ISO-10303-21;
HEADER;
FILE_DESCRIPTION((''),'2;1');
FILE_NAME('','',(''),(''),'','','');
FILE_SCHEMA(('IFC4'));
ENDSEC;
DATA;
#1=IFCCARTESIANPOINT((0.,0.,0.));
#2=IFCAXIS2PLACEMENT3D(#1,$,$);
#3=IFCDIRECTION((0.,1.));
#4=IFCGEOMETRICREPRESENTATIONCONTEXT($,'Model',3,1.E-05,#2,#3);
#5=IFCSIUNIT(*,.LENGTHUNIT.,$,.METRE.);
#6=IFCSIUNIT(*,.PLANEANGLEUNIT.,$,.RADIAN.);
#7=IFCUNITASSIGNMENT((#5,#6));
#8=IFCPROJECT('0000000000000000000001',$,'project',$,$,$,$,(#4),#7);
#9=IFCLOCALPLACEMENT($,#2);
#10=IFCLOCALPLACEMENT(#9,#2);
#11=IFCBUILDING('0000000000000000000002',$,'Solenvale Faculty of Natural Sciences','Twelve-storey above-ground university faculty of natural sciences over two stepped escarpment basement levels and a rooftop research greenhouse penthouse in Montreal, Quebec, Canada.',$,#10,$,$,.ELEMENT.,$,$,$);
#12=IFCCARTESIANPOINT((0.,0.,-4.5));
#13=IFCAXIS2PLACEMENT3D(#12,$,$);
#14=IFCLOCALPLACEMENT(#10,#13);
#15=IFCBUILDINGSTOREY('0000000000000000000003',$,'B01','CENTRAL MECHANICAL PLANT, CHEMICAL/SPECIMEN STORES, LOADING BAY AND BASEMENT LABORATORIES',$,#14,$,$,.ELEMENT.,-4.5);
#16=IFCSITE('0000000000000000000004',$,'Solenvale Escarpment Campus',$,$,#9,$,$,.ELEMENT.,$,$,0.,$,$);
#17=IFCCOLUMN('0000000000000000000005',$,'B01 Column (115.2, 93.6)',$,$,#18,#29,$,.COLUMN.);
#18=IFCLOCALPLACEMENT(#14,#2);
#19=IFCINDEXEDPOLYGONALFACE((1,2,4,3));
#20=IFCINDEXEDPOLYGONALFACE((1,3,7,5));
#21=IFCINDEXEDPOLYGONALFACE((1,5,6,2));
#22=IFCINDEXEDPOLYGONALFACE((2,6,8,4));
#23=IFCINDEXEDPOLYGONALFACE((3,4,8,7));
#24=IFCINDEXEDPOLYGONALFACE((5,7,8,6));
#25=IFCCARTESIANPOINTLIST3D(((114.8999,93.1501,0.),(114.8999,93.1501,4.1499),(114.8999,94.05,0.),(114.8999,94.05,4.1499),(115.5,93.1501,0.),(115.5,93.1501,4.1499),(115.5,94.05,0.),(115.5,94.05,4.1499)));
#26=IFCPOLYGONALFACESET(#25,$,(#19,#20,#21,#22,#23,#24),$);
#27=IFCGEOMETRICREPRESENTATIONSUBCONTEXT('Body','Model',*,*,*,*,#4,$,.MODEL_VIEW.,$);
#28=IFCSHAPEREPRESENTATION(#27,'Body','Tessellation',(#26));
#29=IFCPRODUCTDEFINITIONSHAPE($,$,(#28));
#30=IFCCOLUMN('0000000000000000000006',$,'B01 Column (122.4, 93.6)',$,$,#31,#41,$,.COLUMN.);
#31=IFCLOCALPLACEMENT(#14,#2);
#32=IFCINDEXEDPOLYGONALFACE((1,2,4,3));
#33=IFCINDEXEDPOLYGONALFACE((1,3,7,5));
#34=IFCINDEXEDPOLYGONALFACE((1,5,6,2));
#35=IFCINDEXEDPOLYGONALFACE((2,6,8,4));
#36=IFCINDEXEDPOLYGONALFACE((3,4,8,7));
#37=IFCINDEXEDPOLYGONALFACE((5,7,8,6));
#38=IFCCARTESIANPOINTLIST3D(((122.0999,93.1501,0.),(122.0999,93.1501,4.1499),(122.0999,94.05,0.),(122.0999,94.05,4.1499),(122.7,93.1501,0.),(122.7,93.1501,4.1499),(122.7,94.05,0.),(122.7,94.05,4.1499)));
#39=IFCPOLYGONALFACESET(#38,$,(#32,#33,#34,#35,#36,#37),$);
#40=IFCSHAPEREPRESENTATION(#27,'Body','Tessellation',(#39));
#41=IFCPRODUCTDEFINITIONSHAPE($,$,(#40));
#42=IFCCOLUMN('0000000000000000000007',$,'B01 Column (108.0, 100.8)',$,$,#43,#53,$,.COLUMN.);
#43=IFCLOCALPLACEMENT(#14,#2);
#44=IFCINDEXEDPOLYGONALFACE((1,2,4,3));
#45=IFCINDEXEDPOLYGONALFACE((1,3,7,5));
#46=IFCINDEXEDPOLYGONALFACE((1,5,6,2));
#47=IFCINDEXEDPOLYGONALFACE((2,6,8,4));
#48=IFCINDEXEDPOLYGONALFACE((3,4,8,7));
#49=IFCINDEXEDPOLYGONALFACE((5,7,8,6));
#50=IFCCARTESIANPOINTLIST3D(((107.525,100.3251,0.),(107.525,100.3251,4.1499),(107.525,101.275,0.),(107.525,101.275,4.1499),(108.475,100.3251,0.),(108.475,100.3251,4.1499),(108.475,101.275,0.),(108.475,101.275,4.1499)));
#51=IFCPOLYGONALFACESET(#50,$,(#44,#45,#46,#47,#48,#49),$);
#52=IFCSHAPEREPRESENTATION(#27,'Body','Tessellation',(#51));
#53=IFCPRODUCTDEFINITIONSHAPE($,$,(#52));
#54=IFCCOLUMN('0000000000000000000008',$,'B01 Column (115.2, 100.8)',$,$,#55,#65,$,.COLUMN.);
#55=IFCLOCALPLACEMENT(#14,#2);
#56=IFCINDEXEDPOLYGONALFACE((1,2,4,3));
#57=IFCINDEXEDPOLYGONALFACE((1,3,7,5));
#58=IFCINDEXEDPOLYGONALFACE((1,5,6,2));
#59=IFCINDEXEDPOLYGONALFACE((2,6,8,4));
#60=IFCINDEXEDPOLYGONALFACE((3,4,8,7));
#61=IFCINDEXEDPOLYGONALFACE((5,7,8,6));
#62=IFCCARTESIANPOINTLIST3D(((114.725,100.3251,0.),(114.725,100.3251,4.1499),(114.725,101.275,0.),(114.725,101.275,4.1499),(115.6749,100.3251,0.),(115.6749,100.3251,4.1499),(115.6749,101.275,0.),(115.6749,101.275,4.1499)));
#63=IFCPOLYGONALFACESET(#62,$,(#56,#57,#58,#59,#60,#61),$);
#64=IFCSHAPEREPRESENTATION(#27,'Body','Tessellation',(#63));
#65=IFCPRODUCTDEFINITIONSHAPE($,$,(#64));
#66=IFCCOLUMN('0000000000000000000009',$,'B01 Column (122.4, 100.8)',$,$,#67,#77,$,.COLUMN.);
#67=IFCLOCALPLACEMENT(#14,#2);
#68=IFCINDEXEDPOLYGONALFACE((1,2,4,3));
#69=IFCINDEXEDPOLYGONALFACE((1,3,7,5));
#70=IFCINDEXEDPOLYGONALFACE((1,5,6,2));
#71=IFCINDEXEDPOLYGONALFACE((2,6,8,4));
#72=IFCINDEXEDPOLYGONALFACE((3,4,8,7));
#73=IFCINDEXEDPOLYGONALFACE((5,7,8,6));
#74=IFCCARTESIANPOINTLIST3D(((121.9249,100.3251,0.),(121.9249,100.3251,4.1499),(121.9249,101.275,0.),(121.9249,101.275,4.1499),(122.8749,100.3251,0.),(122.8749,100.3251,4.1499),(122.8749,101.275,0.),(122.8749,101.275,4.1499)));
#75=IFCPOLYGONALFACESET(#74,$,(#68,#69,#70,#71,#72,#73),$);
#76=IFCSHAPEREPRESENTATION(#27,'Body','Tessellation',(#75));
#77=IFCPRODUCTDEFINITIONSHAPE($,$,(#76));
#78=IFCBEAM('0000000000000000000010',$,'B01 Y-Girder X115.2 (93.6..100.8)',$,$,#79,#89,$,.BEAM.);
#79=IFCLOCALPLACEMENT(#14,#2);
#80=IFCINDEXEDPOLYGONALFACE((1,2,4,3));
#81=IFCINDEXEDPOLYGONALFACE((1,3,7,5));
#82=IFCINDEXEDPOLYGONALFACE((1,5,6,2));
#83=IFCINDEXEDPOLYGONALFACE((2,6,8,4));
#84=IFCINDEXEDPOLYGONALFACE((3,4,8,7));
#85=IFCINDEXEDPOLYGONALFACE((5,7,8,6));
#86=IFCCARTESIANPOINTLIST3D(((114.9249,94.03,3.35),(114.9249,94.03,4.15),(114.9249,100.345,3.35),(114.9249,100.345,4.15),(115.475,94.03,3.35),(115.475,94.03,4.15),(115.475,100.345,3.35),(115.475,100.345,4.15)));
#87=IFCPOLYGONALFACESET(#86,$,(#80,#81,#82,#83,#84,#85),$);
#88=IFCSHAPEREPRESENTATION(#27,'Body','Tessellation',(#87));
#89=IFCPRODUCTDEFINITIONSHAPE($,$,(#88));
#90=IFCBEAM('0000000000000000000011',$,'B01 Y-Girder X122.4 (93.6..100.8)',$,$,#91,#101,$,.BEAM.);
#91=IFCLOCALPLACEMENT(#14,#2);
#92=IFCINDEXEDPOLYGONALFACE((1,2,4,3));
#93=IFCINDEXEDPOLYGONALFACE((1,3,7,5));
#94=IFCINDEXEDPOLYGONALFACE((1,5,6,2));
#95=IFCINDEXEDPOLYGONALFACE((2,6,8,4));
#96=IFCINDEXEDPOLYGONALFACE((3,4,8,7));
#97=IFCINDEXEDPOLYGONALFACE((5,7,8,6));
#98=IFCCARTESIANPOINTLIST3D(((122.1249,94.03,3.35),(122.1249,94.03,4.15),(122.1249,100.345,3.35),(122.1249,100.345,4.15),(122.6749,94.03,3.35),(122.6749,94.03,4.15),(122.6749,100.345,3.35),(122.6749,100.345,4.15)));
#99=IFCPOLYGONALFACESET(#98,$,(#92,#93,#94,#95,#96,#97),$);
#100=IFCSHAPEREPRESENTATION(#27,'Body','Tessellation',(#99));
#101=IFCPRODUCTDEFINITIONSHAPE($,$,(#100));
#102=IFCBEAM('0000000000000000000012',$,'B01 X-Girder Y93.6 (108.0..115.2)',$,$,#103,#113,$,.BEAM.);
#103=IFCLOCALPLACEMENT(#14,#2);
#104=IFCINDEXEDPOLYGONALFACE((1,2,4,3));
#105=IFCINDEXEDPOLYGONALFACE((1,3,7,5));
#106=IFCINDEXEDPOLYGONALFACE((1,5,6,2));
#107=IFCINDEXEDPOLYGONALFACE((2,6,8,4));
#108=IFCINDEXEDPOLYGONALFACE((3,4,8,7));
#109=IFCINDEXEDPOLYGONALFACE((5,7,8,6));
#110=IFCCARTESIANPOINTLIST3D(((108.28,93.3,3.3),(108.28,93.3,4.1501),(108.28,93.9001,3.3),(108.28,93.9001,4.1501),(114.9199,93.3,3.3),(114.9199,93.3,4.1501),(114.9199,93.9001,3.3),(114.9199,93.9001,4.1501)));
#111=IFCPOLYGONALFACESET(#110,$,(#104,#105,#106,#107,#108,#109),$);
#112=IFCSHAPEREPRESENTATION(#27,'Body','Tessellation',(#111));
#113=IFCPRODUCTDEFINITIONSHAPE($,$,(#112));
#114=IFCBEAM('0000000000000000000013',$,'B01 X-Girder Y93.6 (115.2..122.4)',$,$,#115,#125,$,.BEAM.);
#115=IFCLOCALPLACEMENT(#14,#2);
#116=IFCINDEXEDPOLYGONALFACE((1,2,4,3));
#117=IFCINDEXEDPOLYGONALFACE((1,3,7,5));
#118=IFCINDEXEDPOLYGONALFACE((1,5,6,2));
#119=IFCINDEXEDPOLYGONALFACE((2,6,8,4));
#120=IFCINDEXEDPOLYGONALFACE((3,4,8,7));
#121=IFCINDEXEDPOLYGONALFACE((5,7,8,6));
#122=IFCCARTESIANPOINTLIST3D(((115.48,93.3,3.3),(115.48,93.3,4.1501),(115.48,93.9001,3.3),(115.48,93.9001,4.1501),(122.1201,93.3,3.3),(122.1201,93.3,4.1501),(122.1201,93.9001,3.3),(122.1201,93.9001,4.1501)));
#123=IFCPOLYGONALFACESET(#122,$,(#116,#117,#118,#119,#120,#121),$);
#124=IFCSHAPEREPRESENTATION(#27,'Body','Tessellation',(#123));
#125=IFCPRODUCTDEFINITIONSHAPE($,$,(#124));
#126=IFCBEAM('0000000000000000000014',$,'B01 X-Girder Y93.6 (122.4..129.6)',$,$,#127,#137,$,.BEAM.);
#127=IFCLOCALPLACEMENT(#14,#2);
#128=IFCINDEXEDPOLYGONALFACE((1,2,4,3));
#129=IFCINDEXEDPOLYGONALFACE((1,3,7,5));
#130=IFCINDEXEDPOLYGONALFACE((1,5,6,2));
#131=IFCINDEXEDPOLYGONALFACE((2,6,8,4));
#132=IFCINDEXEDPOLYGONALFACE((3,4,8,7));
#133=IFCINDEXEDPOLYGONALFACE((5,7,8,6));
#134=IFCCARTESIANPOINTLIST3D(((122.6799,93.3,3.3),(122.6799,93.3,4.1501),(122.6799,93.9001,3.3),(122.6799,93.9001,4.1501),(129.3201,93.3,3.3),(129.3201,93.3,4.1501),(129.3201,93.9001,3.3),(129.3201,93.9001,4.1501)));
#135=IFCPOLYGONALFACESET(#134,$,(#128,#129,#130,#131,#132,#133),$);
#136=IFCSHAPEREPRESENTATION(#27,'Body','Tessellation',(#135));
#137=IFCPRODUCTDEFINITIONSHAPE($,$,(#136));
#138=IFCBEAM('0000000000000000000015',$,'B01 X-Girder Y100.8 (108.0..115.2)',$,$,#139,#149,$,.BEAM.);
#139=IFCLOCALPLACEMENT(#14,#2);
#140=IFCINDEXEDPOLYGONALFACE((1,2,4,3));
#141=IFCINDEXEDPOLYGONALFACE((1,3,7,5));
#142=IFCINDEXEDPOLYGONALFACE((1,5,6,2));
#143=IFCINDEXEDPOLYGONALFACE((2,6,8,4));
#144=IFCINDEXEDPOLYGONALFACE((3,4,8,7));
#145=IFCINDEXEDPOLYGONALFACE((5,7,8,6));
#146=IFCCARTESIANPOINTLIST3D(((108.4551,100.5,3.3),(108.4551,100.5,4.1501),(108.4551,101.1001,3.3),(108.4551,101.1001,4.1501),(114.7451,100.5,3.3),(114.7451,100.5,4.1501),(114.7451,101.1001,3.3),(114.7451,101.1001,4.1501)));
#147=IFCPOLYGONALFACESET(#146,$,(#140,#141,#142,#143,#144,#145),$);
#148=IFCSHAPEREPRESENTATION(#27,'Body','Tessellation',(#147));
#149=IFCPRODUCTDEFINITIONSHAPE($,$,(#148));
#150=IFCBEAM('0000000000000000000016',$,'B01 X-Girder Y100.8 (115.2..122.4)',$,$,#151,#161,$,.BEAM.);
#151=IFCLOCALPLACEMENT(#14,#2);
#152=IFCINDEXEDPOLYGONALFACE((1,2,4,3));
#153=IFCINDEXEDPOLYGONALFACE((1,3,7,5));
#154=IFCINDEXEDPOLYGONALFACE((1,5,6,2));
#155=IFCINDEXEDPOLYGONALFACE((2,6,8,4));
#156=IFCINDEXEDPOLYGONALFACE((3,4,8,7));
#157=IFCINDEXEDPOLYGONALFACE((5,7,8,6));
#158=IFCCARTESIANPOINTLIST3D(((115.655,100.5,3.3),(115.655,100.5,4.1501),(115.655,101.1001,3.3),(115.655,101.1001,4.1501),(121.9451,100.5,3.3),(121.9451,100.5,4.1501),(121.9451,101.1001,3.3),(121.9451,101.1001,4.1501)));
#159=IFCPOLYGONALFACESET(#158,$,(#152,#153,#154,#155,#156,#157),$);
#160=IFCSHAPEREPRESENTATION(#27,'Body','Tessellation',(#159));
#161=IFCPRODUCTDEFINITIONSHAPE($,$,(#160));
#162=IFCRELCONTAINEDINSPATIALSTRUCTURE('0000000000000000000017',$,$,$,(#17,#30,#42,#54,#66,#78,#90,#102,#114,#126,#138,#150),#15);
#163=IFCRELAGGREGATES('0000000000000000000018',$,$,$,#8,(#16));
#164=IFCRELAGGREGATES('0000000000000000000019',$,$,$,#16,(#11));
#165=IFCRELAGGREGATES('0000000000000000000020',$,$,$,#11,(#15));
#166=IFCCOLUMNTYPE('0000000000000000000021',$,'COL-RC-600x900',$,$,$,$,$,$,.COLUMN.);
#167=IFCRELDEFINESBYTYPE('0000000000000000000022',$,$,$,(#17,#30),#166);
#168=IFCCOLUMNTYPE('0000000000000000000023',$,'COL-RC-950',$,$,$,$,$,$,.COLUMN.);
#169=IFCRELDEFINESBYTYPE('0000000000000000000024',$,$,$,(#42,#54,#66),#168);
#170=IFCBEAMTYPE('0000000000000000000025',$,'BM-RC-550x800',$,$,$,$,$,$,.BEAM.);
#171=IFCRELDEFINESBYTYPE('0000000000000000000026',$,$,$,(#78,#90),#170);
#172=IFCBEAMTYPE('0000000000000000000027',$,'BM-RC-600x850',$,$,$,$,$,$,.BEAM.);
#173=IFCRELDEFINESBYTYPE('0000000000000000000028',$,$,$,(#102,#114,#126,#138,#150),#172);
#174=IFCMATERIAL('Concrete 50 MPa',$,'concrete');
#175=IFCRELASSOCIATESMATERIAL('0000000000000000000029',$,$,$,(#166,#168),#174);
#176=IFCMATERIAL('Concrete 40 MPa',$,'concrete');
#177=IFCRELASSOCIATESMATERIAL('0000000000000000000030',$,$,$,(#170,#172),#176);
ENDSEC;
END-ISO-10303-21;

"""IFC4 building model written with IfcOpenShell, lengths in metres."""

from ifc_helpers import new_model, si_unit, direction, frame, origin, origin_2d, place, context, subcontext, project, spatial, rectangle, extrude, material, material_profile, profile_set, type_object, element, save


model = new_model("IFC4")

# Units and contexts
model_context = context("Model", 3, precision=1e-05, world=origin(), true_north=direction((0.0, 1.0)))
body_context = subcontext(model_context, "Body", "Model", "MODEL_VIEW")
ifc_project = project(units=[si_unit("LENGTHUNIT", "METRE"), si_unit("PLANEANGLEUNIT", "RADIAN")], contexts=[model_context])

# Site, building, storey
site_placement = place(None, origin())
site = spatial("IfcSite", under=ifc_project, at=site_placement, Name="Solenvale Escarpment Campus", CompositionType="ELEMENT", RefElevation=0.0)
building_placement = place(site_placement, origin())
building = spatial("IfcBuilding", under=site, at=building_placement, Name="Solenvale Faculty of Natural Sciences", Description="Twelve-storey above-ground university faculty of natural sciences over two stepped escarpment basement levels and a rooftop research greenhouse penthouse in Montreal, Quebec, Canada.", CompositionType="ELEMENT")
storey_placement = place(building_placement, frame((0.0, 0.0, -4.5)))
storey = spatial("IfcBuildingStorey", under=building, at=storey_placement, Name="B01", Description="CENTRAL MECHANICAL PLANT, CHEMICAL/SPECIMEN STORES, LOADING BAY AND BASEMENT LABORATORIES", CompositionType="ELEMENT", Elevation=-4.5)

# Columns
ifc_material_1 = material(Name="Concrete 50 MPa", Category="concrete")
ifc_material_profile_1 = material_profile(ifc_material_1, rectangle(XDim=0.6001, YDim=0.8999, at=origin_2d()), Name="RC-COL-600x900")
ifc_profile_set_1 = profile_set([ifc_material_profile_1], Name="Concrete 50 MPa")
column_type_1 = type_object("IfcColumnType", Name="COL-RC-600x900", PredefinedType="COLUMN", material=ifc_profile_set_1)
for number, where, z_axis, x_axis, name in (
    (1, (115.2, 93.6001, 0.0), (0.0, 0.0, 1.0), (1.0, 0.0, 0.0), "B01 Column (115.2, 93.6)"),
    (2, (122.3999, 93.6001, 0.0), (0.0, 0.0, 1.0), (1.0, 0.0, 0.0), "B01 Column (122.4, 93.6)"),
):
    element("IfcColumn", number, at=place(storey_placement, frame(where, z_axis=z_axis, x_axis=x_axis)), inside=storey, type_object=column_type_1, Name=name, PredefinedType="COLUMN", context=body_context, shape_type="SweptSolid", body=[
        extrude(rectangle(XDim=0.6001, YDim=0.8999, at=origin_2d()), origin(), (0.0, 0.0, 1.0), 4.1499),
    ])
ifc_material_profile_2 = material_profile(ifc_material_1, rectangle(XDim=0.95, YDim=0.95, at=origin_2d()), Name="RC-COL-950x950")
ifc_profile_set_2 = profile_set([ifc_material_profile_2], Name="Concrete 50 MPa")
column_type_2 = type_object("IfcColumnType", Name="COL-RC-950", PredefinedType="COLUMN", material=ifc_profile_set_2)
for number, where, z_axis, x_axis, name in (
    (3, (108.0, 100.8, 0.0), (0.0, 0.0, 1.0), (1.0, 0.0, 0.0), "B01 Column (108.0, 100.8)"),
    (4, (115.2, 100.8, 0.0), (0.0, 0.0, 1.0), (1.0, 0.0, 0.0), "B01 Column (115.2, 100.8)"),
    (5, (122.3999, 100.8, 0.0), (0.0, 0.0, 1.0), (1.0, 0.0, 0.0), "B01 Column (122.4, 100.8)"),
):
    element("IfcColumn", number, at=place(storey_placement, frame(where, z_axis=z_axis, x_axis=x_axis)), inside=storey, type_object=column_type_2, Name=name, PredefinedType="COLUMN", context=body_context, shape_type="SweptSolid", body=[
        extrude(rectangle(XDim=0.95, YDim=0.95, at=origin_2d()), origin(), (0.0, 0.0, 1.0), 4.1499),
    ])

# Beams
ifc_material_2 = material(Name="Concrete 40 MPa", Category="concrete")
ifc_material_profile_3 = material_profile(ifc_material_2, rectangle(XDim=0.55, YDim=0.8, at=origin_2d()), Name="RC-BM-550x800")
ifc_profile_set_3 = profile_set([ifc_material_profile_3], Name="Concrete 40 MPa")
beam_type_1 = type_object("IfcBeamType", Name="BM-RC-550x800", PredefinedType="BEAM", material=ifc_profile_set_3)
for number, where, z_axis, x_axis, name in (
    (6, (115.2, 94.03, 3.75), (0.0, 1.0, 0.0), (-1.0, 0.0, 0.0), "B01 Y-Girder X115.2 (93.6..100.8)"),
    (7, (122.3999, 94.03, 3.75), (0.0, 1.0, 0.0), (-1.0, 0.0, 0.0), "B01 Y-Girder X122.4 (93.6..100.8)"),
):
    element("IfcBeam", number, at=place(storey_placement, frame(where, z_axis=z_axis, x_axis=x_axis)), inside=storey, type_object=beam_type_1, Name=name, PredefinedType="BEAM", context=body_context, shape_type="SweptSolid", body=[
        extrude(rectangle(XDim=0.55, YDim=0.8, at=origin_2d()), origin(), (0.0, 0.0, 1.0), 6.3149),
    ])
ifc_material_profile_4 = material_profile(ifc_material_2, rectangle(XDim=0.6001, YDim=0.8501, at=origin_2d()), Name="RC-BM-600x850")
ifc_profile_set_4 = profile_set([ifc_material_profile_4], Name="Concrete 40 MPa")
beam_type_2 = type_object("IfcBeamType", Name="BM-RC-600x850", PredefinedType="BEAM", material=ifc_profile_set_4)
beam_placement = place(storey_placement, frame((108.28, 93.6001, 3.7251), z_axis=(1.0, 0.0, 0.0), x_axis=(0.0, 1.0, 0.0)))
element("IfcBeam", 8, at=beam_placement, inside=storey, type_object=beam_type_2, Name="B01 X-Girder Y93.6 (108.0..115.2)", PredefinedType="BEAM", context=body_context, shape_type="SweptSolid", body=[
    extrude(rectangle(XDim=0.6001, YDim=0.8501, at=origin_2d()), origin(), (0.0, 0.0, 1.0), 6.6399),
])
for number, where, z_axis, x_axis, name in (
    (9, (115.48, 93.6001, 3.7251), (1.0, 0.0, 0.0), (0.0, 1.0, 0.0), "B01 X-Girder Y93.6 (115.2..122.4)"),
    (10, (122.6799, 93.6001, 3.7251), (1.0, 0.0, 0.0), (0.0, 1.0, 0.0), "B01 X-Girder Y93.6 (122.4..129.6)"),
):
    element("IfcBeam", number, at=place(storey_placement, frame(where, z_axis=z_axis, x_axis=x_axis)), inside=storey, type_object=beam_type_2, Name=name, PredefinedType="BEAM", context=body_context, shape_type="SweptSolid", body=[
        extrude(rectangle(XDim=0.6001, YDim=0.8501, at=origin_2d()), origin(), (0.0, 0.0, 1.0), 6.6401),
    ])
for number, where, z_axis, x_axis, name in (
    (11, (108.4551, 100.8, 3.7251), (1.0, 0.0, 0.0), (0.0, 1.0, 0.0), "B01 X-Girder Y100.8 (108.0..115.2)"),
    (12, (115.655, 100.8, 3.7251), (1.0, 0.0, 0.0), (0.0, 1.0, 0.0), "B01 X-Girder Y100.8 (115.2..122.4)"),
):
    element("IfcBeam", number, at=place(storey_placement, frame(where, z_axis=z_axis, x_axis=x_axis)), inside=storey, type_object=beam_type_2, Name=name, PredefinedType="BEAM", context=body_context, shape_type="SweptSolid", body=[
        extrude(rectangle(XDim=0.6001, YDim=0.8501, at=origin_2d()), origin(), (0.0, 0.0, 1.0), 6.29),
    ])

save(model, "model.ifc")
